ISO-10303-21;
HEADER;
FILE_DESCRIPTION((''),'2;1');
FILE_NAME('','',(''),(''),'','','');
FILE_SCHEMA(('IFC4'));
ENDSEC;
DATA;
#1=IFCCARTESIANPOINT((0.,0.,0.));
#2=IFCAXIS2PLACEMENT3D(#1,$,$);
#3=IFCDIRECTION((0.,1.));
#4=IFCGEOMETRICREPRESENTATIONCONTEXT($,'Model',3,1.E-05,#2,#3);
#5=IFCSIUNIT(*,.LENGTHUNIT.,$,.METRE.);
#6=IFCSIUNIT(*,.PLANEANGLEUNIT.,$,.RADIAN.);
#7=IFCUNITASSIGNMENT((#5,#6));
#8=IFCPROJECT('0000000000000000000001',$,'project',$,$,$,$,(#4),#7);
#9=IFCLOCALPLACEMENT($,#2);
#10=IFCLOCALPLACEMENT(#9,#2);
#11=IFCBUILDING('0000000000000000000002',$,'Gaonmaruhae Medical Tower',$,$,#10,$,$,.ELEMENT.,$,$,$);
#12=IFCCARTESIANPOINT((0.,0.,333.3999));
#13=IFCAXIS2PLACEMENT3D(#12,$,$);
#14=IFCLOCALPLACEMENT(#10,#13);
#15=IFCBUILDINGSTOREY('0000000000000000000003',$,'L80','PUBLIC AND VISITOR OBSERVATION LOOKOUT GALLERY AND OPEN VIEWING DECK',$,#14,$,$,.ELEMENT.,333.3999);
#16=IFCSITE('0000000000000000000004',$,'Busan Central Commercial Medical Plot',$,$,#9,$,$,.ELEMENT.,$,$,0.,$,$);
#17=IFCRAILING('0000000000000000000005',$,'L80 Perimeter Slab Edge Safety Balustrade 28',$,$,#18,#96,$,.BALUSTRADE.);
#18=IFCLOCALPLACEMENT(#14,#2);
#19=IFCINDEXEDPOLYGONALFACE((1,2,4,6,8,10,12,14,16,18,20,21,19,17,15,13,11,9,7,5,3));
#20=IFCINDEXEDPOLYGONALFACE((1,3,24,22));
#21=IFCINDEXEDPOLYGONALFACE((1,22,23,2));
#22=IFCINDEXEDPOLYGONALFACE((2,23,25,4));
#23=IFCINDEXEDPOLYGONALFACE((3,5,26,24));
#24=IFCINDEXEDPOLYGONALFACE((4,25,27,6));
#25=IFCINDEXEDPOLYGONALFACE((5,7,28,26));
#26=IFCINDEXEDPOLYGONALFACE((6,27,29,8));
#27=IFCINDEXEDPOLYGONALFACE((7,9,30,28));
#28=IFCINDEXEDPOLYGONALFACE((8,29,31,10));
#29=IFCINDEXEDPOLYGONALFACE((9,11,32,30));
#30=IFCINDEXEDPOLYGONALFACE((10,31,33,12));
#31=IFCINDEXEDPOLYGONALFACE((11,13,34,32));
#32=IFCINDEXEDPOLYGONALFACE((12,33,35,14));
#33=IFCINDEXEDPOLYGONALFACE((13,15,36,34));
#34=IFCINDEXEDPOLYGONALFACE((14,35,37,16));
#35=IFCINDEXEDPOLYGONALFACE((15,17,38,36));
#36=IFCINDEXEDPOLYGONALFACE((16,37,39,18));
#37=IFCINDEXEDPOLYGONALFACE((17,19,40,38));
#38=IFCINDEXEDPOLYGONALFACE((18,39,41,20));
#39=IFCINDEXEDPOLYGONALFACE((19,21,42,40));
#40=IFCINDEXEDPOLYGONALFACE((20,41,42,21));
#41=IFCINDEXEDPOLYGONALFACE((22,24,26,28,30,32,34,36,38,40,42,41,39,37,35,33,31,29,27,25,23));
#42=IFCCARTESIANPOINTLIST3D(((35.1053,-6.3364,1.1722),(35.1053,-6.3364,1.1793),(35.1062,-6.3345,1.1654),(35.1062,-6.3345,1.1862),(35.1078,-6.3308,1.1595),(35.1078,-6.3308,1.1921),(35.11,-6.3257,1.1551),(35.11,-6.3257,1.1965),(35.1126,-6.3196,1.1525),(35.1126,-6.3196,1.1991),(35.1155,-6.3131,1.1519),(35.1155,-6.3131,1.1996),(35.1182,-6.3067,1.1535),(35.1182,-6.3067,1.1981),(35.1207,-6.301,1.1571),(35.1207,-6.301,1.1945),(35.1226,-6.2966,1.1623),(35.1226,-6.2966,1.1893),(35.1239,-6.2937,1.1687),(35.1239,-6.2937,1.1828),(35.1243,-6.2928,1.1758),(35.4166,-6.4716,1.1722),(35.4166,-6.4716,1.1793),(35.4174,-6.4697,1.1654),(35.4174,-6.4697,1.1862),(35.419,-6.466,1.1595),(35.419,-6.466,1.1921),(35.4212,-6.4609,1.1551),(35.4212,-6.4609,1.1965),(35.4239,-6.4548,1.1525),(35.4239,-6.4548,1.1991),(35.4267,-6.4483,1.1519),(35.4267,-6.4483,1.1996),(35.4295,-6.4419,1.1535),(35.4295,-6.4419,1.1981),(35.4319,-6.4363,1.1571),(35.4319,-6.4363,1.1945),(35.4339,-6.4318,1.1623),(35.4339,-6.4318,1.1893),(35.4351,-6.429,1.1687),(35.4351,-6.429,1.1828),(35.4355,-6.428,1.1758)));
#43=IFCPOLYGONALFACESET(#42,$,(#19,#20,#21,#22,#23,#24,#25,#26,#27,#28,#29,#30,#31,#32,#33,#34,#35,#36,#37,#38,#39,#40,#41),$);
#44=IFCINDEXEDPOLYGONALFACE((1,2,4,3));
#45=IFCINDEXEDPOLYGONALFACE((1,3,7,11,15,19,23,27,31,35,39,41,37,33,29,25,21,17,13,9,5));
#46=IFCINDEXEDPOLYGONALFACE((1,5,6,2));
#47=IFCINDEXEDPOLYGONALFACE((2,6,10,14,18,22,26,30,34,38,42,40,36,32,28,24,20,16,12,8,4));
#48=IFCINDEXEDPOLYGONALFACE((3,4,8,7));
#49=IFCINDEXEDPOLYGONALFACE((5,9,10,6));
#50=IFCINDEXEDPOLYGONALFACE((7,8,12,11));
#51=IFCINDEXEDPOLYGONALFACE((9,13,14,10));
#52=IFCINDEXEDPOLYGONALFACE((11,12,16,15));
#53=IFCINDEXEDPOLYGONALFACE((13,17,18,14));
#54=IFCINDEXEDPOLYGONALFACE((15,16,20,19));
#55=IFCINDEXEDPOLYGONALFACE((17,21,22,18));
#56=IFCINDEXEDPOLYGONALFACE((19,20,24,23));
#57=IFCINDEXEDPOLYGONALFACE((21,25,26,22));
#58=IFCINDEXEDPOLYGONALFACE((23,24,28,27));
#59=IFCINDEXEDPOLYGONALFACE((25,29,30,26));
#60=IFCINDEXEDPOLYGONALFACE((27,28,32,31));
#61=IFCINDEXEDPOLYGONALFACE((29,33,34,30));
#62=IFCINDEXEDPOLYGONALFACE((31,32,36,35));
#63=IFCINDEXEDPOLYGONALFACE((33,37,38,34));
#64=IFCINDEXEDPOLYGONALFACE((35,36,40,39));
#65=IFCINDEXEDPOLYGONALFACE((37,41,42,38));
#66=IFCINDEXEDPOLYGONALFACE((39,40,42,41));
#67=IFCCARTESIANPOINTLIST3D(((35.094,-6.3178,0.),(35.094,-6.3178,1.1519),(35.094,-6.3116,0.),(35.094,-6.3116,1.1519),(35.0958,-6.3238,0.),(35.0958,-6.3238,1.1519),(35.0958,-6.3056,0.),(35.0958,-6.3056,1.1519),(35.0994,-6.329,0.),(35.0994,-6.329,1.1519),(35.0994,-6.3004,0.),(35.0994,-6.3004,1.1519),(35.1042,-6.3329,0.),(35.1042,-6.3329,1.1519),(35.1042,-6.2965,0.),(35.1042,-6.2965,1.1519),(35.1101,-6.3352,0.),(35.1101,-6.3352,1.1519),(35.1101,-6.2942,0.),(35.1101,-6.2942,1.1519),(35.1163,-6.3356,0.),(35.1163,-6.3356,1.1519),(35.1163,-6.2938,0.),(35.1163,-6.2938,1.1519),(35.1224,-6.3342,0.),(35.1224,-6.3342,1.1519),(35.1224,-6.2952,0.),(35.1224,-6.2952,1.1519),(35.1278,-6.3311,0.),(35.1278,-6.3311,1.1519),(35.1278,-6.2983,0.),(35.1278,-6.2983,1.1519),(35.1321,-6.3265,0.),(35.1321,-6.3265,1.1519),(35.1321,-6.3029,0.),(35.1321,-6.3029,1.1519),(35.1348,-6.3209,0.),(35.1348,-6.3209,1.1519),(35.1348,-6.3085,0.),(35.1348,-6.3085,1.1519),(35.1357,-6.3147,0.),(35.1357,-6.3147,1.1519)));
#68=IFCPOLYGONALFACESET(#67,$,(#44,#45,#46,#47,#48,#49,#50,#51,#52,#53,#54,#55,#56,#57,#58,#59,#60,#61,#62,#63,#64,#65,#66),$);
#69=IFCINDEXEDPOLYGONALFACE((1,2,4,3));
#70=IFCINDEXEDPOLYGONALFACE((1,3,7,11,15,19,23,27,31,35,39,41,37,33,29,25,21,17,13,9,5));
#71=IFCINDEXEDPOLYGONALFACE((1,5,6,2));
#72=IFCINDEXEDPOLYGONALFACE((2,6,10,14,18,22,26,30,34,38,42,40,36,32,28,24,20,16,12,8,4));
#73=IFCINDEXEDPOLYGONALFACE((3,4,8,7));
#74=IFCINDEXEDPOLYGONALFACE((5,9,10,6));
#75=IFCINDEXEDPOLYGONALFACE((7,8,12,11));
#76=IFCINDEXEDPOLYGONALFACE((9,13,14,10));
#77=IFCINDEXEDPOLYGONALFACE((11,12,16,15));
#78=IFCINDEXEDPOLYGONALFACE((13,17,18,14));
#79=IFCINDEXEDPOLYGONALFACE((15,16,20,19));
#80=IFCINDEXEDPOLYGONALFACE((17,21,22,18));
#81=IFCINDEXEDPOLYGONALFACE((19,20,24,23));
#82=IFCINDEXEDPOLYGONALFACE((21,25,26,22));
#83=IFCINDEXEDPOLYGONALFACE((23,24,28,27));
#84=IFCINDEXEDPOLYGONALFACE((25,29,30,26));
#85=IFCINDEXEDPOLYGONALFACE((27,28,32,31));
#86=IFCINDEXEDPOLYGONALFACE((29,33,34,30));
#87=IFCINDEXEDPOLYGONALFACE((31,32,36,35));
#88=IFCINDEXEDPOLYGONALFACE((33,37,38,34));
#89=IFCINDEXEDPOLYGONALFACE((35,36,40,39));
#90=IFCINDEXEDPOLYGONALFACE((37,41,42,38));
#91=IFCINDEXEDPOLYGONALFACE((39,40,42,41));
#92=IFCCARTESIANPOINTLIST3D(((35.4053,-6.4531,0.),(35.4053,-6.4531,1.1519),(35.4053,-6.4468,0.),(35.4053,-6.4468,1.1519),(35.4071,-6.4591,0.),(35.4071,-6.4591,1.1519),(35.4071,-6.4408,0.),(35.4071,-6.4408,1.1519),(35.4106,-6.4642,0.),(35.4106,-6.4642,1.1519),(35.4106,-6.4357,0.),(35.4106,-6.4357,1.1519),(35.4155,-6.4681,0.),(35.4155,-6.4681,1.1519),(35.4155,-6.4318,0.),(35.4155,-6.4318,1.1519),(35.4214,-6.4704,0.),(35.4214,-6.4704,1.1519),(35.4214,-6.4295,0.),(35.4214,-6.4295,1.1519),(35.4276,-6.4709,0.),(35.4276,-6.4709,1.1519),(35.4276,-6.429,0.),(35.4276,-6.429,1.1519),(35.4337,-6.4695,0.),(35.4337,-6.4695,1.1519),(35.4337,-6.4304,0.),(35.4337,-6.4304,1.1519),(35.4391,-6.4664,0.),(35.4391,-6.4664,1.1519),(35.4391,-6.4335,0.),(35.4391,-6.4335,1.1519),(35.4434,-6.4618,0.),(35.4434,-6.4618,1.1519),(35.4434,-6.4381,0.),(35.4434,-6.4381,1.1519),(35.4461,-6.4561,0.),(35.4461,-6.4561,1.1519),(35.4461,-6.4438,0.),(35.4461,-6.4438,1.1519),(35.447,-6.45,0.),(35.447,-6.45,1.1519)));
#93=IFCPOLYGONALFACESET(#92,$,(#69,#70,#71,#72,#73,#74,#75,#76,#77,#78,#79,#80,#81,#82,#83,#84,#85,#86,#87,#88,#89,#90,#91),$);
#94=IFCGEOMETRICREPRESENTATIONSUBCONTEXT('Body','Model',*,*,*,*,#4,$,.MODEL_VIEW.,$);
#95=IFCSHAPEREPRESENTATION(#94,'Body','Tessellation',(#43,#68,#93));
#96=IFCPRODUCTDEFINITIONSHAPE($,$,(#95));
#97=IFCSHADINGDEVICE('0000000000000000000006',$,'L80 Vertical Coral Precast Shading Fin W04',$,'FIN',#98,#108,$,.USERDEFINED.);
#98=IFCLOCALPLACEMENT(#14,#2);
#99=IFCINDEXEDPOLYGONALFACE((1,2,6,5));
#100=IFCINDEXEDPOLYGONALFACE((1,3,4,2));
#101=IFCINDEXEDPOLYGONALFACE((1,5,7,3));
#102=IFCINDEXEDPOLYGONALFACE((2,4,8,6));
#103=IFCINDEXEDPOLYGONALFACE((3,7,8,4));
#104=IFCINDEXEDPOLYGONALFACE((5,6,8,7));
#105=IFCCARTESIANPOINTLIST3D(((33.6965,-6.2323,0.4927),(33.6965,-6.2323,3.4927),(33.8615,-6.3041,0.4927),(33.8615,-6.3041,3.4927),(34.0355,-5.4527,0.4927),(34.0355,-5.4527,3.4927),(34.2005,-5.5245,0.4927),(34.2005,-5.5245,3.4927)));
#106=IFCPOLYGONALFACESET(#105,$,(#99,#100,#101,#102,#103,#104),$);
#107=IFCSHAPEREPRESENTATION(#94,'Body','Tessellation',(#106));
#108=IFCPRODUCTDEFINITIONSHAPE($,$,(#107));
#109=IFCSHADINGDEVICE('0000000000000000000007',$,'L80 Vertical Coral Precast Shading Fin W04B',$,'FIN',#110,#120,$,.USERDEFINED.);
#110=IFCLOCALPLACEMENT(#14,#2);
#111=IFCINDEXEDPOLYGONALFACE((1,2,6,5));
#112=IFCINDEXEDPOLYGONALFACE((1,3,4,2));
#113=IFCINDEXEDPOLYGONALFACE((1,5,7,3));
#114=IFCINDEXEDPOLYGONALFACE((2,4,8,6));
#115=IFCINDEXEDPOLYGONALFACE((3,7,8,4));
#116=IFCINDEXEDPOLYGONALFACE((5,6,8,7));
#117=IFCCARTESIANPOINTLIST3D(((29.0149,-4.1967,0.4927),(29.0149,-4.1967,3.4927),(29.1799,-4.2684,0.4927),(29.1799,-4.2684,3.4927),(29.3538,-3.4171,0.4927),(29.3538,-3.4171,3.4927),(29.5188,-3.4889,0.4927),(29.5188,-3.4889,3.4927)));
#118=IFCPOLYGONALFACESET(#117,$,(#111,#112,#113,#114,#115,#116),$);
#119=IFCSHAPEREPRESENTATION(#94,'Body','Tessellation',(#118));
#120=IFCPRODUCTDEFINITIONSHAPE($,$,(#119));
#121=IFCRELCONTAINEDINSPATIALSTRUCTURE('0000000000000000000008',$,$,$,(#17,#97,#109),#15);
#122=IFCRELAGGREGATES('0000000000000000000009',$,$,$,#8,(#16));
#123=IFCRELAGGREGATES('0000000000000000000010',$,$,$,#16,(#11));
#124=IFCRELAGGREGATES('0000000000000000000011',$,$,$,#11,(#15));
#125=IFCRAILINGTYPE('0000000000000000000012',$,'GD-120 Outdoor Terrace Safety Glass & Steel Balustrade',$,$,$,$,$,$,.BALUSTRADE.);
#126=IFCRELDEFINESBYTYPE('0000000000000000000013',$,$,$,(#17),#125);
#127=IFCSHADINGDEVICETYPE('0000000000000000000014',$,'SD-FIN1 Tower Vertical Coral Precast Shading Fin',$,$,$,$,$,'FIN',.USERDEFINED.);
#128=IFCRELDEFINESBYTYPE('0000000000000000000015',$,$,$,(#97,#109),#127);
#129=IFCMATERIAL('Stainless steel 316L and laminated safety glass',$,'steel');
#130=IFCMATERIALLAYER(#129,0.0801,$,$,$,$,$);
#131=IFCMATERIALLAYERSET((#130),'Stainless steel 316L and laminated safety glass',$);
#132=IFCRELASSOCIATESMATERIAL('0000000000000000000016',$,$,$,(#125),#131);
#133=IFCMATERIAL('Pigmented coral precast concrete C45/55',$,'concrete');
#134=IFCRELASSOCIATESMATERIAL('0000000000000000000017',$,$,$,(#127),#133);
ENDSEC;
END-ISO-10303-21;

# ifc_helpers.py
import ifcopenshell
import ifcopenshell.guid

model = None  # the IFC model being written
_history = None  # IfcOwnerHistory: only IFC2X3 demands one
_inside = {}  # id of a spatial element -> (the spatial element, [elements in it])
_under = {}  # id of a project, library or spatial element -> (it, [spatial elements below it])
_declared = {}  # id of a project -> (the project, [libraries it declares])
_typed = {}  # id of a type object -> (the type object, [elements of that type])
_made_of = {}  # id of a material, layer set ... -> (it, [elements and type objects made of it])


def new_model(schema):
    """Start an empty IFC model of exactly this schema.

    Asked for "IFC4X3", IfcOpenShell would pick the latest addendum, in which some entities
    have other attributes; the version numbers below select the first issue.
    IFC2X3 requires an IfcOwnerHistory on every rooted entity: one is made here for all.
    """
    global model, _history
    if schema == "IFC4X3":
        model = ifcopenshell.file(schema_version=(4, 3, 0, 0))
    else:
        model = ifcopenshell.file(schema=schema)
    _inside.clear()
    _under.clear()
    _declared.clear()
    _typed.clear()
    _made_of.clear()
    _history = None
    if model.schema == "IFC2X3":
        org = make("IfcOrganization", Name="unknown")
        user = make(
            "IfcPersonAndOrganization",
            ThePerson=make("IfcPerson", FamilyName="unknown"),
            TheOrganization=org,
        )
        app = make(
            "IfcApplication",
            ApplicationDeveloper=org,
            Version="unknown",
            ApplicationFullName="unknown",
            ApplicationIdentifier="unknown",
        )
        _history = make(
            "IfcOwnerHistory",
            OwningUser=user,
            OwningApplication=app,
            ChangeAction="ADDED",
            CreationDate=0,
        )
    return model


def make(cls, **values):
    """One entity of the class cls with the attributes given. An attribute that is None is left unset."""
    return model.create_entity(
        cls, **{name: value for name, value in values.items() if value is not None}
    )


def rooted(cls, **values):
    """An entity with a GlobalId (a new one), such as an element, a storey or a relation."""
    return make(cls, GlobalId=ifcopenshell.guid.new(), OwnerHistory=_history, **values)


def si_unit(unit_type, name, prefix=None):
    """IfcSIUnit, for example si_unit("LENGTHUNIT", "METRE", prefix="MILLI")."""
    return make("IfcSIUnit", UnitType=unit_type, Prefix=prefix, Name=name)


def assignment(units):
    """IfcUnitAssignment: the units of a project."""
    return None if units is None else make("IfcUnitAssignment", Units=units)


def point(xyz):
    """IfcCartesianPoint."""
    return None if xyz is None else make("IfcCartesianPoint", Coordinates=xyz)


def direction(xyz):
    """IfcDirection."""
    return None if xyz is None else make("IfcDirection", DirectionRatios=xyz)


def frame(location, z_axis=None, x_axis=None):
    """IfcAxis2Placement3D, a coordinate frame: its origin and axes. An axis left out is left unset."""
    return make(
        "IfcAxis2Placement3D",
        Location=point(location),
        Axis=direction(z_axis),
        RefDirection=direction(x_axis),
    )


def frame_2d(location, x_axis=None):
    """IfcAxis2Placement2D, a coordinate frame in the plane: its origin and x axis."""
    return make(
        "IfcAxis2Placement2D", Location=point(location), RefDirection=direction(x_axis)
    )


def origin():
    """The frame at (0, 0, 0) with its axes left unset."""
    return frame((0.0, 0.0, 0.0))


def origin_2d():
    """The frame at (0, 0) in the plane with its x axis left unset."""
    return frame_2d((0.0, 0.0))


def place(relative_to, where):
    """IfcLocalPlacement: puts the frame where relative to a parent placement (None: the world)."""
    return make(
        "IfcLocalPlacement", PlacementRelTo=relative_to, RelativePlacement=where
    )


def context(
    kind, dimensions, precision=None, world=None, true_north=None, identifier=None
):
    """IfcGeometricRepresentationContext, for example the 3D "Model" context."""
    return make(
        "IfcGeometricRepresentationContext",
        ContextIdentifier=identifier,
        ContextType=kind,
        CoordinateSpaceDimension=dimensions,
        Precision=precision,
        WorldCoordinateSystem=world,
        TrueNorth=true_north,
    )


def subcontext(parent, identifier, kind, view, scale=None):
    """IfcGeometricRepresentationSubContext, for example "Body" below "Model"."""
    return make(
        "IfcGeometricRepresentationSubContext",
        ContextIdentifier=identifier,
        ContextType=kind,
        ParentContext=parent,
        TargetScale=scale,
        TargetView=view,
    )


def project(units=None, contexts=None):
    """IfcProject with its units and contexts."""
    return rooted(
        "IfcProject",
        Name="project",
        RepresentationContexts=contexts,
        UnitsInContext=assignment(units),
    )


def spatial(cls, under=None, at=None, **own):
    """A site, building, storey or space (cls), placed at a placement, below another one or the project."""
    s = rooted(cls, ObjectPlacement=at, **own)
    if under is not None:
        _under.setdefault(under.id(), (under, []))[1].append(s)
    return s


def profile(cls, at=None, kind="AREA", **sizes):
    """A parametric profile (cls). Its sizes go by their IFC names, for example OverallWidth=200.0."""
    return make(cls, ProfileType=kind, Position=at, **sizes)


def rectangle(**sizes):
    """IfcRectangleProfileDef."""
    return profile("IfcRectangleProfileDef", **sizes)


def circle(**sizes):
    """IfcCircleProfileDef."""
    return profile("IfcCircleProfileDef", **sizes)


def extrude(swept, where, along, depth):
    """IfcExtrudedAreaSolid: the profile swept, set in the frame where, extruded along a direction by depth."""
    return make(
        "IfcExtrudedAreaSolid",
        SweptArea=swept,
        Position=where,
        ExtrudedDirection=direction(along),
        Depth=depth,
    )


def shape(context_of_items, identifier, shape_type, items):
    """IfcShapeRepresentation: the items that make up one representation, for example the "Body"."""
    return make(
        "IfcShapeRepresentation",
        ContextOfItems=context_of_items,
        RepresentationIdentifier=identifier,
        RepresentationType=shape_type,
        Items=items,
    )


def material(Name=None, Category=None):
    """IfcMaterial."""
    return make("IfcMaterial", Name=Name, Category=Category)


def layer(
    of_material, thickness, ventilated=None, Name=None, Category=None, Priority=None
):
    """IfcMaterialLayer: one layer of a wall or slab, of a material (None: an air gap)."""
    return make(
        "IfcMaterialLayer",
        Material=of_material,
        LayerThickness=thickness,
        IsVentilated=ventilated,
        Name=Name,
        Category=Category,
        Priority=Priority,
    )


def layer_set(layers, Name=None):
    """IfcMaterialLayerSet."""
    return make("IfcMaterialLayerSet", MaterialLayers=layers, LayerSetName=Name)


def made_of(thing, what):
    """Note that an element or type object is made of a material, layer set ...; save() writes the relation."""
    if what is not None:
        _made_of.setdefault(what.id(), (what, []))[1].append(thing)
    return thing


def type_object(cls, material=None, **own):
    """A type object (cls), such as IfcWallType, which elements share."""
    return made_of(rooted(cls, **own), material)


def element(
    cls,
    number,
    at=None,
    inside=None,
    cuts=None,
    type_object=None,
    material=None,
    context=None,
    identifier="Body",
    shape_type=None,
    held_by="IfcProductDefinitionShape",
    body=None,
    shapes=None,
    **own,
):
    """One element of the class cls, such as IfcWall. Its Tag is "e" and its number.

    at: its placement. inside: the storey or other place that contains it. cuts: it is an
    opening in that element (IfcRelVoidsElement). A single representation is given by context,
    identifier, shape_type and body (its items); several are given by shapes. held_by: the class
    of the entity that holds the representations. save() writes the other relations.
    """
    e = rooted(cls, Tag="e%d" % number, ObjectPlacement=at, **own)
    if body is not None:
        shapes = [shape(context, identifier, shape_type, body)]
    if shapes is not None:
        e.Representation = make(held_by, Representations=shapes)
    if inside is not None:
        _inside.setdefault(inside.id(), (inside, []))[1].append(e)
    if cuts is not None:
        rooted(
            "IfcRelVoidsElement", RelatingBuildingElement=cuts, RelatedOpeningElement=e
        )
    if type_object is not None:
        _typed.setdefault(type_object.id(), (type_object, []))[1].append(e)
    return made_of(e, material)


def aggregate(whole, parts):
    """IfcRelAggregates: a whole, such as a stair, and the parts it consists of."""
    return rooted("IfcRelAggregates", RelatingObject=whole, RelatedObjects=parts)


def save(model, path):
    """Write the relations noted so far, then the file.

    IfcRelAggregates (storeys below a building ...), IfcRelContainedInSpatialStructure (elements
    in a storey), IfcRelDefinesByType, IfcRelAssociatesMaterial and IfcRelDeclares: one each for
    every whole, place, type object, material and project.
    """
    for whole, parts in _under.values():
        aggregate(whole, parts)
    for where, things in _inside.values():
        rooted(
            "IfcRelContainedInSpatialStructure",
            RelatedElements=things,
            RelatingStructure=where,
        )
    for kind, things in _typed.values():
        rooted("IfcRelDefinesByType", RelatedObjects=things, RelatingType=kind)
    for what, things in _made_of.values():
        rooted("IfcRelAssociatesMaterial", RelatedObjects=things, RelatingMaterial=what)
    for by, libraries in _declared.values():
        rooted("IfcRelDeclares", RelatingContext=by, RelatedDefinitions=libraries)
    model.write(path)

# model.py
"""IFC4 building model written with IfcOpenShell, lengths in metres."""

from ifc_helpers import new_model, si_unit, direction, frame, origin, origin_2d, place, context, subcontext, project, spatial, rectangle, circle, extrude, material, layer, layer_set, type_object, element, save


model = new_model("IFC4")

# Units and contexts
model_context = context("Model", 3, precision=1e-05, world=origin(), true_north=direction((0.0, 1.0)))
body_context = subcontext(model_context, "Body", "Model", "MODEL_VIEW")
ifc_project = project(units=[si_unit("LENGTHUNIT", "METRE"), si_unit("PLANEANGLEUNIT", "RADIAN")], contexts=[model_context])

# Site, building, storey
site_placement = place(None, origin())
site = spatial("IfcSite", under=ifc_project, at=site_placement, Name="Busan Central Commercial Medical Plot", CompositionType="ELEMENT", RefElevation=0.0)
building_placement = place(site_placement, origin())
building = spatial("IfcBuilding", under=site, at=building_placement, Name="Gaonmaruhae Medical Tower", CompositionType="ELEMENT")
storey_placement = place(building_placement, frame((0.0, 0.0, 333.3999)))
storey = spatial("IfcBuildingStorey", under=building, at=storey_placement, Name="L80", Description="PUBLIC AND VISITOR OBSERVATION LOOKOUT GALLERY AND OPEN VIEWING DECK", CompositionType="ELEMENT", Elevation=333.3999)

# Railing
ifc_material_1 = material(Name="Stainless steel 316L and laminated safety glass", Category="steel")
ifc_layer_1 = layer(ifc_material_1, 0.0801)
ifc_layer_set_1 = layer_set([ifc_layer_1], Name="Stainless steel 316L and laminated safety glass")
railing_type = type_object("IfcRailingType", Name="GD-120 Outdoor Terrace Safety Glass & Steel Balustrade", PredefinedType="BALUSTRADE", material=ifc_layer_set_1)
railing_1_placement = place(storey_placement, frame((35.1147, -6.3147, 0.0)))
element("IfcRailing", 1, at=railing_1_placement, inside=storey, type_object=railing_type, Name="L80 Perimeter Slab Edge Safety Balustrade 28", PredefinedType="BALUSTRADE", context=body_context, shape_type="SweptSolid", body=[
    extrude(circle(Radius=0.0239, at=origin_2d()), frame((0.0, 0.0, 1.1758), z_axis=(0.917162, -0.398516, 0.0), x_axis=(0.398516, 0.917162, 0.0)), (0.0, 0.0, 1.0), 0.3394),
    extrude(circle(Radius=0.021, at=origin_2d()), origin(), (0.0, 0.0, 1.0), 1.1519),
    extrude(circle(Radius=0.021, at=origin_2d()), frame((0.3113, -0.1353, 0.0)), (0.0, 0.0, 1.0), 1.1519),
])

# Shading devices
ifc_material_2 = material(Name="Pigmented coral precast concrete C45/55", Category="concrete")
shading_device_type = type_object("IfcShadingDeviceType", Name="SD-FIN1 Tower Vertical Coral Precast Shading Fin", ElementType="FIN", PredefinedType="USERDEFINED", material=ifc_material_2)
for number, where, z_axis, x_axis, name in (
    (2, (33.9485, -5.8784, 0.4927), (0.0, 0.0, 1.0), (-0.91706, 0.398749, 0.0), "L80 Vertical Coral Precast Shading Fin W04"),
    (3, (29.2668, -3.8428, 0.4927), (0.0, 0.0, 1.0), (-0.91706, 0.398749, 0.0), "L80 Vertical Coral Precast Shading Fin W04B"),
):
    element("IfcShadingDevice", number, at=place(storey_placement, frame(where, z_axis=z_axis, x_axis=x_axis)), inside=storey, type_object=shading_device_type, Name=name, ObjectType="FIN", PredefinedType="USERDEFINED", context=body_context, shape_type="SweptSolid", body=[
        extrude(rectangle(XDim=0.1799, YDim=0.8501, at=origin_2d()), origin(), (0.0, 0.0, 1.0), 3.0),
    ])

save(model, "model.ifc")
